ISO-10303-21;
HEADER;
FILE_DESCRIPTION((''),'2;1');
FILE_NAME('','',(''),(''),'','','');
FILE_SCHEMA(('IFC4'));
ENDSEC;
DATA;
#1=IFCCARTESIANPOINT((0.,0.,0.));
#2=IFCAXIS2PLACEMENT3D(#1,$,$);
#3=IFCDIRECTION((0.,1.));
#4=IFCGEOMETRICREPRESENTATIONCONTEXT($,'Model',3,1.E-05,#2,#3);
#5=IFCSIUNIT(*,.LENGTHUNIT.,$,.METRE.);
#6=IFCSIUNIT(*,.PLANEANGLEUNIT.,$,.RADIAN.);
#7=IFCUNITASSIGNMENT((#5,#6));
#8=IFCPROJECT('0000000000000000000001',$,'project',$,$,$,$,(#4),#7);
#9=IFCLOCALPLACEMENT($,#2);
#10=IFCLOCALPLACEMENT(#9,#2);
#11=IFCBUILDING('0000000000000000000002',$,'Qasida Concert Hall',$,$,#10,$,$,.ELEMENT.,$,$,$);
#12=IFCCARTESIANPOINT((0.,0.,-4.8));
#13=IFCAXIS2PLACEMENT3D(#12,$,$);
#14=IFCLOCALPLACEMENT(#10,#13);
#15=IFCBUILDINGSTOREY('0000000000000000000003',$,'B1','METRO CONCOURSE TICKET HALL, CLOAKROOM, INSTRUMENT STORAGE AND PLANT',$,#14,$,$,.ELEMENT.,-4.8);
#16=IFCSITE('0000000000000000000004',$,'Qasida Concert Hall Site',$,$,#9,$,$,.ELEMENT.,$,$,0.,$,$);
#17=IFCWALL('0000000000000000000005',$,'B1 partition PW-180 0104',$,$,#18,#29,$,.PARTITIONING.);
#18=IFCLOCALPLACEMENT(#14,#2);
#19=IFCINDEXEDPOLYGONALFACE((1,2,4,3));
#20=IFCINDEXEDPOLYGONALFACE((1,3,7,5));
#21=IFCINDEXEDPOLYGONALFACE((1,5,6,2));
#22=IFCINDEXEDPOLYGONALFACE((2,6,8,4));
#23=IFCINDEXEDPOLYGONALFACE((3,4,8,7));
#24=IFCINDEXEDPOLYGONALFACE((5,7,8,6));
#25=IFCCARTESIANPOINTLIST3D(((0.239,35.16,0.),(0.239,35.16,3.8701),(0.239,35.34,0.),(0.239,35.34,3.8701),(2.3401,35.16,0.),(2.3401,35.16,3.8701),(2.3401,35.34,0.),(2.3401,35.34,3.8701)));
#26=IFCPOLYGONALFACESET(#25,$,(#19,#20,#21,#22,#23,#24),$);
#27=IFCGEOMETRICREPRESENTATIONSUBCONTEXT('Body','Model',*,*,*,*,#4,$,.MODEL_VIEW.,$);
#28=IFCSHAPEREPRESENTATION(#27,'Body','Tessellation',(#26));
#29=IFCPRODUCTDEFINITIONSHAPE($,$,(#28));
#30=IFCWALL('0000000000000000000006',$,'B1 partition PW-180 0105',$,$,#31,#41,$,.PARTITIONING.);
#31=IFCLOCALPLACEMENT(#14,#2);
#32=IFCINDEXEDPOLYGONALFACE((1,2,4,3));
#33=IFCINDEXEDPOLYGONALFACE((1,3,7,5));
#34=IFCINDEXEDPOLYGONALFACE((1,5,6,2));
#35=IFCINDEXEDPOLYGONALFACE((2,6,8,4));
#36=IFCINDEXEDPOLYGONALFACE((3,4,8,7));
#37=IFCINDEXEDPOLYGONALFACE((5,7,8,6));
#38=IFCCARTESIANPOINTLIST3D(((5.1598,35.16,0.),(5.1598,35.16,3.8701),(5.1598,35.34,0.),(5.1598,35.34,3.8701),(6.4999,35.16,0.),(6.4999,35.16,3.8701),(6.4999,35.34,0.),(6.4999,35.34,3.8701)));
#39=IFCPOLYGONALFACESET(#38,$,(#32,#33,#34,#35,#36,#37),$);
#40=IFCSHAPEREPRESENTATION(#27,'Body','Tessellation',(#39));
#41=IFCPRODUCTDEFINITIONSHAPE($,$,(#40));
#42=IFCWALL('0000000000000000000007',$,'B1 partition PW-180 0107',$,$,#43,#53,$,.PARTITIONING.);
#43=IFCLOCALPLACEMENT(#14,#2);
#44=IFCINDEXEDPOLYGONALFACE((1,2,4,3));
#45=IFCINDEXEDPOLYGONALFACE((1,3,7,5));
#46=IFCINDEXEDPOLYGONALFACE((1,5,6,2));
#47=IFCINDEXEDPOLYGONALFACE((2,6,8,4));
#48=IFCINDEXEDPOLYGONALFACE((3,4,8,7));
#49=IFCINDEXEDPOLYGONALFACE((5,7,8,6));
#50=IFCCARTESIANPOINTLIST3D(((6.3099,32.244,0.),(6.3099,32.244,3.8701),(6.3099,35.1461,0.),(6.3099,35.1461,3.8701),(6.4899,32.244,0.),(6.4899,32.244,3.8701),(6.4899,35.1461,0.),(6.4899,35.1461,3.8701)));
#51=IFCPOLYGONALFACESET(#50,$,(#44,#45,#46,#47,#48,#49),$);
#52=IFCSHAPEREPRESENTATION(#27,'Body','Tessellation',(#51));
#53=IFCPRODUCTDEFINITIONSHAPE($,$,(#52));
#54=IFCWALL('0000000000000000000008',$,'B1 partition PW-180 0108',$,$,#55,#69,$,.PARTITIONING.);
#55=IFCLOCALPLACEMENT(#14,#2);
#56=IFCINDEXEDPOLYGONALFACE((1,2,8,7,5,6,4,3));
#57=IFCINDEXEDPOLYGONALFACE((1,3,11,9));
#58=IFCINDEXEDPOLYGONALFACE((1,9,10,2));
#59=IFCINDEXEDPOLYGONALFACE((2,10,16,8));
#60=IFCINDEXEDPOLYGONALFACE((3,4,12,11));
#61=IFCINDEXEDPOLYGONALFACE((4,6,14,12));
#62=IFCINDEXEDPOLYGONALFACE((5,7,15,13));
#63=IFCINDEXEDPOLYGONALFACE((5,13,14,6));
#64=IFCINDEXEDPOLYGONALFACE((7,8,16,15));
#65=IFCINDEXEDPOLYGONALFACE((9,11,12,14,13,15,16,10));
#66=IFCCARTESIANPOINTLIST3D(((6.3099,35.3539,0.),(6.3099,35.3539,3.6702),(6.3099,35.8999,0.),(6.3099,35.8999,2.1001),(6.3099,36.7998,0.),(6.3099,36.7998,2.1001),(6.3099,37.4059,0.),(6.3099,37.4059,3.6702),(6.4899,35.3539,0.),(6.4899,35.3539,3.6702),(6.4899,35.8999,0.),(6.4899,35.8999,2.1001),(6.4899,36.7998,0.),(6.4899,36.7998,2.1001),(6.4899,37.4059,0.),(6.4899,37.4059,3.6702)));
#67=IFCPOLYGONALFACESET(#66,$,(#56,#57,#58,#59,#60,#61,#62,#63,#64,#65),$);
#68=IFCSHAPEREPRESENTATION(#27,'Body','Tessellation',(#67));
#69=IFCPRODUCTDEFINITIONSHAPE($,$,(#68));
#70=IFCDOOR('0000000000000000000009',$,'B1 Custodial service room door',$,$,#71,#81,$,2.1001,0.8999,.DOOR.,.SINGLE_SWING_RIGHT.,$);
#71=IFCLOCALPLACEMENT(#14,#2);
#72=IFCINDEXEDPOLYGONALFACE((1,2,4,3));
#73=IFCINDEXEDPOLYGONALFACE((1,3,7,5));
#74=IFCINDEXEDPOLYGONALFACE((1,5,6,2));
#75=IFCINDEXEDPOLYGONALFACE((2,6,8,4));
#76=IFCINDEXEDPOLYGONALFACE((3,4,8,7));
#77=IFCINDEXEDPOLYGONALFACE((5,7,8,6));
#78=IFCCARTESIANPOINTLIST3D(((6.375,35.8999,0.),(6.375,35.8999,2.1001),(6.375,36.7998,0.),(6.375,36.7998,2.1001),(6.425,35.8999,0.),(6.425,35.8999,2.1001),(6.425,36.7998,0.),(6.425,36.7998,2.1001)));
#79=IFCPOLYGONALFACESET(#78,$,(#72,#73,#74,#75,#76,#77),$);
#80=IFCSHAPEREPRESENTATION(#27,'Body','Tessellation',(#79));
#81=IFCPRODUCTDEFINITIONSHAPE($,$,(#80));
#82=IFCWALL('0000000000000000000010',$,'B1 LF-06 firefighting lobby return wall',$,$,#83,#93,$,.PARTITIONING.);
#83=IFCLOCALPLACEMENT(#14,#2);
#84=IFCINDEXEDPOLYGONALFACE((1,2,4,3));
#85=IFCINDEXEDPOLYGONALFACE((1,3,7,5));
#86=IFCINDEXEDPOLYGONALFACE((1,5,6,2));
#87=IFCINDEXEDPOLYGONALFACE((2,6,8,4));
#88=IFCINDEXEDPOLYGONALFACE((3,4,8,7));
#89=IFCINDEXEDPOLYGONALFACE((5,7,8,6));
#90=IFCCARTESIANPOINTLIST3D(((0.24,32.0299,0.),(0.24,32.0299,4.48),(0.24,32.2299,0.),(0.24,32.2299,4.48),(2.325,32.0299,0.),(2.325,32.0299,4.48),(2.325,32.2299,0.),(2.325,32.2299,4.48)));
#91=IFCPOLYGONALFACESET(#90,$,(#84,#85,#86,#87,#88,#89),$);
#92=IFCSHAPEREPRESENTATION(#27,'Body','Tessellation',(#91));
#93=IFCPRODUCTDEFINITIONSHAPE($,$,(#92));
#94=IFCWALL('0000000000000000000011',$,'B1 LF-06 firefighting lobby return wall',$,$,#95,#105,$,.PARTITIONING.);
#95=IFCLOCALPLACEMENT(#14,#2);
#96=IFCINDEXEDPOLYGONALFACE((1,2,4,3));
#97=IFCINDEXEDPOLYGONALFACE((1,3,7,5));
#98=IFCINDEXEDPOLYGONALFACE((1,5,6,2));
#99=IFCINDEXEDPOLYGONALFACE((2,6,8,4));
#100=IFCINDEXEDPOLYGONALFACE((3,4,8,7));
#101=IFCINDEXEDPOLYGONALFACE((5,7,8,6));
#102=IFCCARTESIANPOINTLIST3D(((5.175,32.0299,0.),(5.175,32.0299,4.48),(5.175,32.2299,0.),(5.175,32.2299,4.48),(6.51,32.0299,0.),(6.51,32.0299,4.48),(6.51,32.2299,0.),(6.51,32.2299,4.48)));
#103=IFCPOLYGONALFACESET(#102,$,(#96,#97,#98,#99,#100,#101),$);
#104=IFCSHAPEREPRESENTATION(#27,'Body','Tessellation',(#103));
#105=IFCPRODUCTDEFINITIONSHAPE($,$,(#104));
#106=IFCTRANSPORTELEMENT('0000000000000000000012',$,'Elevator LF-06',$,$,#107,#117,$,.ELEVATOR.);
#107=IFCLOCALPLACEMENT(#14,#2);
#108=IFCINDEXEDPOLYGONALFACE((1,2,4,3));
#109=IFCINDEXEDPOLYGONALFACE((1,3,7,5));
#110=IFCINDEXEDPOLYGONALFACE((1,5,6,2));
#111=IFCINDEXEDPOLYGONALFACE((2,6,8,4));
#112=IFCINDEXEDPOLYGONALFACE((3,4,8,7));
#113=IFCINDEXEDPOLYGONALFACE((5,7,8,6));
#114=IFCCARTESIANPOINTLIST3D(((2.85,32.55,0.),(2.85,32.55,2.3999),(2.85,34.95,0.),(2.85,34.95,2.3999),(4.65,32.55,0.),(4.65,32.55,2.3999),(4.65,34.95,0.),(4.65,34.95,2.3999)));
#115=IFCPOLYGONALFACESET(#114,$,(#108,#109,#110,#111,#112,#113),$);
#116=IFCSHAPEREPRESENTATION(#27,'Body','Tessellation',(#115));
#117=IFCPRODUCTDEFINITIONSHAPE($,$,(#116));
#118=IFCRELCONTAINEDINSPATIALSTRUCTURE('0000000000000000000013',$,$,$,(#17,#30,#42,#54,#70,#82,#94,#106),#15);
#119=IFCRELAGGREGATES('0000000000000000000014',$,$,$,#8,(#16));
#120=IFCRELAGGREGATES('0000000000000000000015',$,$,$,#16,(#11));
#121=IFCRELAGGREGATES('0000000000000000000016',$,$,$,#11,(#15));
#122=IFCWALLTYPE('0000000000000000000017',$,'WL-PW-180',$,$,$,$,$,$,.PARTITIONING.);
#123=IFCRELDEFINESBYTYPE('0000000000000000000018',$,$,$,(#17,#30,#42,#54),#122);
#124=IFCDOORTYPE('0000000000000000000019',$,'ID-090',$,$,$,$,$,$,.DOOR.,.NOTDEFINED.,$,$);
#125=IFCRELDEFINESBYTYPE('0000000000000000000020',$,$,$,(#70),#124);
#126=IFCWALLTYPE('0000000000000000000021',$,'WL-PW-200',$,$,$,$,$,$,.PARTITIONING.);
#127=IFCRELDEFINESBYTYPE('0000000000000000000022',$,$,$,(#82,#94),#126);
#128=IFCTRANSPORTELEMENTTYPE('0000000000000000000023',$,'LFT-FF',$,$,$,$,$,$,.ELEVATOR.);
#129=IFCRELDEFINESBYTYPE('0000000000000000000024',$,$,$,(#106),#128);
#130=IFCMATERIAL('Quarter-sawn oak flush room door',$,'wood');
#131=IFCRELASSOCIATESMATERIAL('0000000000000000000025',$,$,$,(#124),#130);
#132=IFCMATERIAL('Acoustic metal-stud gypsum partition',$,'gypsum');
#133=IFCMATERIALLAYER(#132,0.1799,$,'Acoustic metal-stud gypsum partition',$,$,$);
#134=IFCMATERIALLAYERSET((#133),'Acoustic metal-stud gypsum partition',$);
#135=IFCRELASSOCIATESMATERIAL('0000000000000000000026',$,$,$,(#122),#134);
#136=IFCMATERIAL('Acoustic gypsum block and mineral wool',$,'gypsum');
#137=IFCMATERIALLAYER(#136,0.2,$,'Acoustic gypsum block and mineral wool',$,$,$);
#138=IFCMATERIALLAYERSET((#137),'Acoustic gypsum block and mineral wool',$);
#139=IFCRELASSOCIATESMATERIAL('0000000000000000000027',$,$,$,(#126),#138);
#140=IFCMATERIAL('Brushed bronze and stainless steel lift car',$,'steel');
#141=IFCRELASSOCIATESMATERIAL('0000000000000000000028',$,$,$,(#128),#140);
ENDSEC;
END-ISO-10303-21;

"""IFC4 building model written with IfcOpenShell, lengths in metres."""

from ifc_helpers import new_model, si_unit, direction, frame, frame_2d, origin, origin_2d, place, context, subcontext, project, spatial, rectangle, extrude, material, layer, layer_set, type_object, element, fill, save


model = new_model("IFC4")

# Units and contexts
model_context = context("Model", 3, precision=1e-05, world=origin(), true_north=direction((0.0, 1.0)))
body_context = subcontext(model_context, "Body", "Model", "MODEL_VIEW")
ifc_project = project(units=[si_unit("LENGTHUNIT", "METRE"), si_unit("PLANEANGLEUNIT", "RADIAN")], contexts=[model_context])

# Site, building, storey
site_placement = place(None, origin())
site = spatial("IfcSite", under=ifc_project, at=site_placement, Name="Qasida Concert Hall Site", CompositionType="ELEMENT", RefElevation=0.0)
building_placement = place(site_placement, origin())
building = spatial("IfcBuilding", under=site, at=building_placement, Name="Qasida Concert Hall", CompositionType="ELEMENT")
storey_placement = place(building_placement, frame((0.0, 0.0, -4.8)))
storey = spatial("IfcBuildingStorey", under=building, at=storey_placement, Name="B1", Description="METRO CONCOURSE TICKET HALL, CLOAKROOM, INSTRUMENT STORAGE AND PLANT", CompositionType="ELEMENT", Elevation=-4.8)

# Shared definitions
ifc_material_1 = material(Name="Quarter-sawn oak flush room door", Category="wood")
door_type_1 = type_object("IfcDoorType", Name="ID-090", OperationType="NOTDEFINED", PredefinedType="DOOR", material=ifc_material_1)

# Walls
ifc_material_2 = material(Name="Acoustic metal-stud gypsum partition", Category="gypsum")
ifc_layer_1 = layer(ifc_material_2, 0.1799, Name="Acoustic metal-stud gypsum partition")
ifc_layer_set_1 = layer_set([ifc_layer_1], Name="Acoustic metal-stud gypsum partition")
wall_type_1 = type_object("IfcWallType", Name="WL-PW-180", PredefinedType="PARTITIONING", material=ifc_layer_set_1)
wall_1_placement = place(storey_placement, frame((0.239, 35.25, 0.0), z_axis=(0.0, 0.0, 1.0), x_axis=(1.0, 0.0, 0.0)))
element("IfcWall", 1, at=wall_1_placement, inside=storey, type_object=wall_type_1, Name="B1 partition PW-180 0104", PredefinedType="PARTITIONING", context=body_context, shape_type="SweptSolid", body=[
    extrude(rectangle(XDim=2.1011, YDim=0.1799, at=frame_2d((1.0505, 0.0))), origin(), (0.0, 0.0, 1.0), 3.8701),
])
wall_2_placement = place(storey_placement, frame((5.1599, 35.25, 0.0), z_axis=(0.0, 0.0, 1.0), x_axis=(1.0, 0.0, 0.0)))
element("IfcWall", 2, at=wall_2_placement, inside=storey, type_object=wall_type_1, Name="B1 partition PW-180 0105", PredefinedType="PARTITIONING", context=body_context, shape_type="SweptSolid", body=[
    extrude(rectangle(XDim=1.3401, YDim=0.1799, at=frame_2d((0.6699, 0.0))), origin(), (0.0, 0.0, 1.0), 3.8701),
])
wall_3_placement = place(storey_placement, frame((6.3999, 32.2439, 0.0), z_axis=(0.0, 0.0, 1.0), x_axis=(0.0, 1.0, 0.0)))
element("IfcWall", 3, at=wall_3_placement, inside=storey, type_object=wall_type_1, Name="B1 partition PW-180 0107", PredefinedType="PARTITIONING", context=body_context, shape_type="SweptSolid", body=[
    extrude(rectangle(XDim=2.9021, YDim=0.1799, at=frame_2d((1.4512, 0.0))), origin(), (0.0, 0.0, 1.0), 3.8701),
])

# Wall, opening, door
wall_4_placement = place(storey_placement, frame((6.3999, 35.354, 0.0), z_axis=(0.0, 0.0, 1.0), x_axis=(0.0, 1.0, 0.0)))
wall_4 = element("IfcWall", 4, at=wall_4_placement, inside=storey, type_object=wall_type_1, Name="B1 partition PW-180 0108", PredefinedType="PARTITIONING", context=body_context, shape_type="SweptSolid", body=[
    extrude(rectangle(XDim=2.052, YDim=0.1799, at=frame_2d((1.0259, 0.0))), origin(), (0.0, 0.0, 1.0), 3.6702),
])
opening_1_placement = place(wall_4_placement, frame((0.5459, 0.0, 0.0)))
opening_1 = element("IfcOpeningElement", 5, at=opening_1_placement, cuts=wall_4, PredefinedType="OPENING", context=body_context, shape_type="SweptSolid", body=[
    extrude(rectangle(XDim=0.8999, YDim=2.1001, at=frame_2d((0.45, 1.05))), frame((0.0, 0.0999, 0.0), z_axis=(0.0, -1.0, 0.0), x_axis=(1.0, 0.0, 0.0)), (0.0, 0.0, 1.0), 0.2),
])
door_1_placement = place(opening_1_placement, origin())
door_1 = element("IfcDoor", 6, at=door_1_placement, inside=storey, type_object=door_type_1, Name="B1 Custodial service room door", OperationType="SINGLE_SWING_RIGHT", OverallHeight=2.1001, OverallWidth=0.8999, PredefinedType="DOOR", context=body_context, shape_type="SweptSolid", body=[
    extrude(rectangle(XDim=0.8999, YDim=2.1001, at=frame_2d((0.45, 1.05))), frame((0.0, 0.0249, 0.0), z_axis=(0.0, -1.0, 0.0), x_axis=(1.0, 0.0, 0.0)), (0.0, 0.0, 1.0), 0.05),
])
fill(opening_1, door_1)

# Walls
ifc_material_3 = material(Name="Acoustic gypsum block and mineral wool", Category="gypsum")
ifc_layer_2 = layer(ifc_material_3, 0.2, Name="Acoustic gypsum block and mineral wool")
ifc_layer_set_2 = layer_set([ifc_layer_2], Name="Acoustic gypsum block and mineral wool")
wall_type_2 = type_object("IfcWallType", Name="WL-PW-200", PredefinedType="PARTITIONING", material=ifc_layer_set_2)
wall_5_placement = place(storey_placement, frame((0.24, 32.1299, 0.0), z_axis=(0.0, 0.0, 1.0), x_axis=(1.0, 0.0, 0.0)))
element("IfcWall", 7, at=wall_5_placement, inside=storey, type_object=wall_type_2, Name="B1 LF-06 firefighting lobby return wall", PredefinedType="PARTITIONING", context=body_context, shape_type="SweptSolid", body=[
    extrude(rectangle(XDim=2.085, YDim=0.2, at=frame_2d((1.0425, 0.0))), origin(), (0.0, 0.0, 1.0), 4.48),
])
wall_6_placement = place(storey_placement, frame((5.175, 32.1299, 0.0), z_axis=(0.0, 0.0, 1.0), x_axis=(1.0, 0.0, 0.0)))
element("IfcWall", 8, at=wall_6_placement, inside=storey, type_object=wall_type_2, Name="B1 LF-06 firefighting lobby return wall", PredefinedType="PARTITIONING", context=body_context, shape_type="SweptSolid", body=[
    extrude(rectangle(XDim=1.335, YDim=0.2, at=frame_2d((0.6675, 0.0))), origin(), (0.0, 0.0, 1.0), 4.48),
])

# Transport element
ifc_material_4 = material(Name="Brushed bronze and stainless steel lift car", Category="steel")
transport_element_type = type_object("IfcTransportElementType", Name="LFT-FF", PredefinedType="ELEVATOR", material=ifc_material_4)
transport_element_placement = place(storey_placement, frame((3.75, 33.75, 0.0), z_axis=(0.0, 0.0, 1.0), x_axis=(1.0, 0.0, 0.0)))
element("IfcTransportElement", 9, at=transport_element_placement, inside=storey, type_object=transport_element_type, Name="Elevator LF-06", PredefinedType="ELEVATOR", context=body_context, shape_type="SweptSolid", body=[
    extrude(rectangle(XDim=1.8, YDim=2.3999, at=origin_2d()), origin(), (0.0, 0.0, 1.0), 2.3999),
])

save(model, "model.ifc")
